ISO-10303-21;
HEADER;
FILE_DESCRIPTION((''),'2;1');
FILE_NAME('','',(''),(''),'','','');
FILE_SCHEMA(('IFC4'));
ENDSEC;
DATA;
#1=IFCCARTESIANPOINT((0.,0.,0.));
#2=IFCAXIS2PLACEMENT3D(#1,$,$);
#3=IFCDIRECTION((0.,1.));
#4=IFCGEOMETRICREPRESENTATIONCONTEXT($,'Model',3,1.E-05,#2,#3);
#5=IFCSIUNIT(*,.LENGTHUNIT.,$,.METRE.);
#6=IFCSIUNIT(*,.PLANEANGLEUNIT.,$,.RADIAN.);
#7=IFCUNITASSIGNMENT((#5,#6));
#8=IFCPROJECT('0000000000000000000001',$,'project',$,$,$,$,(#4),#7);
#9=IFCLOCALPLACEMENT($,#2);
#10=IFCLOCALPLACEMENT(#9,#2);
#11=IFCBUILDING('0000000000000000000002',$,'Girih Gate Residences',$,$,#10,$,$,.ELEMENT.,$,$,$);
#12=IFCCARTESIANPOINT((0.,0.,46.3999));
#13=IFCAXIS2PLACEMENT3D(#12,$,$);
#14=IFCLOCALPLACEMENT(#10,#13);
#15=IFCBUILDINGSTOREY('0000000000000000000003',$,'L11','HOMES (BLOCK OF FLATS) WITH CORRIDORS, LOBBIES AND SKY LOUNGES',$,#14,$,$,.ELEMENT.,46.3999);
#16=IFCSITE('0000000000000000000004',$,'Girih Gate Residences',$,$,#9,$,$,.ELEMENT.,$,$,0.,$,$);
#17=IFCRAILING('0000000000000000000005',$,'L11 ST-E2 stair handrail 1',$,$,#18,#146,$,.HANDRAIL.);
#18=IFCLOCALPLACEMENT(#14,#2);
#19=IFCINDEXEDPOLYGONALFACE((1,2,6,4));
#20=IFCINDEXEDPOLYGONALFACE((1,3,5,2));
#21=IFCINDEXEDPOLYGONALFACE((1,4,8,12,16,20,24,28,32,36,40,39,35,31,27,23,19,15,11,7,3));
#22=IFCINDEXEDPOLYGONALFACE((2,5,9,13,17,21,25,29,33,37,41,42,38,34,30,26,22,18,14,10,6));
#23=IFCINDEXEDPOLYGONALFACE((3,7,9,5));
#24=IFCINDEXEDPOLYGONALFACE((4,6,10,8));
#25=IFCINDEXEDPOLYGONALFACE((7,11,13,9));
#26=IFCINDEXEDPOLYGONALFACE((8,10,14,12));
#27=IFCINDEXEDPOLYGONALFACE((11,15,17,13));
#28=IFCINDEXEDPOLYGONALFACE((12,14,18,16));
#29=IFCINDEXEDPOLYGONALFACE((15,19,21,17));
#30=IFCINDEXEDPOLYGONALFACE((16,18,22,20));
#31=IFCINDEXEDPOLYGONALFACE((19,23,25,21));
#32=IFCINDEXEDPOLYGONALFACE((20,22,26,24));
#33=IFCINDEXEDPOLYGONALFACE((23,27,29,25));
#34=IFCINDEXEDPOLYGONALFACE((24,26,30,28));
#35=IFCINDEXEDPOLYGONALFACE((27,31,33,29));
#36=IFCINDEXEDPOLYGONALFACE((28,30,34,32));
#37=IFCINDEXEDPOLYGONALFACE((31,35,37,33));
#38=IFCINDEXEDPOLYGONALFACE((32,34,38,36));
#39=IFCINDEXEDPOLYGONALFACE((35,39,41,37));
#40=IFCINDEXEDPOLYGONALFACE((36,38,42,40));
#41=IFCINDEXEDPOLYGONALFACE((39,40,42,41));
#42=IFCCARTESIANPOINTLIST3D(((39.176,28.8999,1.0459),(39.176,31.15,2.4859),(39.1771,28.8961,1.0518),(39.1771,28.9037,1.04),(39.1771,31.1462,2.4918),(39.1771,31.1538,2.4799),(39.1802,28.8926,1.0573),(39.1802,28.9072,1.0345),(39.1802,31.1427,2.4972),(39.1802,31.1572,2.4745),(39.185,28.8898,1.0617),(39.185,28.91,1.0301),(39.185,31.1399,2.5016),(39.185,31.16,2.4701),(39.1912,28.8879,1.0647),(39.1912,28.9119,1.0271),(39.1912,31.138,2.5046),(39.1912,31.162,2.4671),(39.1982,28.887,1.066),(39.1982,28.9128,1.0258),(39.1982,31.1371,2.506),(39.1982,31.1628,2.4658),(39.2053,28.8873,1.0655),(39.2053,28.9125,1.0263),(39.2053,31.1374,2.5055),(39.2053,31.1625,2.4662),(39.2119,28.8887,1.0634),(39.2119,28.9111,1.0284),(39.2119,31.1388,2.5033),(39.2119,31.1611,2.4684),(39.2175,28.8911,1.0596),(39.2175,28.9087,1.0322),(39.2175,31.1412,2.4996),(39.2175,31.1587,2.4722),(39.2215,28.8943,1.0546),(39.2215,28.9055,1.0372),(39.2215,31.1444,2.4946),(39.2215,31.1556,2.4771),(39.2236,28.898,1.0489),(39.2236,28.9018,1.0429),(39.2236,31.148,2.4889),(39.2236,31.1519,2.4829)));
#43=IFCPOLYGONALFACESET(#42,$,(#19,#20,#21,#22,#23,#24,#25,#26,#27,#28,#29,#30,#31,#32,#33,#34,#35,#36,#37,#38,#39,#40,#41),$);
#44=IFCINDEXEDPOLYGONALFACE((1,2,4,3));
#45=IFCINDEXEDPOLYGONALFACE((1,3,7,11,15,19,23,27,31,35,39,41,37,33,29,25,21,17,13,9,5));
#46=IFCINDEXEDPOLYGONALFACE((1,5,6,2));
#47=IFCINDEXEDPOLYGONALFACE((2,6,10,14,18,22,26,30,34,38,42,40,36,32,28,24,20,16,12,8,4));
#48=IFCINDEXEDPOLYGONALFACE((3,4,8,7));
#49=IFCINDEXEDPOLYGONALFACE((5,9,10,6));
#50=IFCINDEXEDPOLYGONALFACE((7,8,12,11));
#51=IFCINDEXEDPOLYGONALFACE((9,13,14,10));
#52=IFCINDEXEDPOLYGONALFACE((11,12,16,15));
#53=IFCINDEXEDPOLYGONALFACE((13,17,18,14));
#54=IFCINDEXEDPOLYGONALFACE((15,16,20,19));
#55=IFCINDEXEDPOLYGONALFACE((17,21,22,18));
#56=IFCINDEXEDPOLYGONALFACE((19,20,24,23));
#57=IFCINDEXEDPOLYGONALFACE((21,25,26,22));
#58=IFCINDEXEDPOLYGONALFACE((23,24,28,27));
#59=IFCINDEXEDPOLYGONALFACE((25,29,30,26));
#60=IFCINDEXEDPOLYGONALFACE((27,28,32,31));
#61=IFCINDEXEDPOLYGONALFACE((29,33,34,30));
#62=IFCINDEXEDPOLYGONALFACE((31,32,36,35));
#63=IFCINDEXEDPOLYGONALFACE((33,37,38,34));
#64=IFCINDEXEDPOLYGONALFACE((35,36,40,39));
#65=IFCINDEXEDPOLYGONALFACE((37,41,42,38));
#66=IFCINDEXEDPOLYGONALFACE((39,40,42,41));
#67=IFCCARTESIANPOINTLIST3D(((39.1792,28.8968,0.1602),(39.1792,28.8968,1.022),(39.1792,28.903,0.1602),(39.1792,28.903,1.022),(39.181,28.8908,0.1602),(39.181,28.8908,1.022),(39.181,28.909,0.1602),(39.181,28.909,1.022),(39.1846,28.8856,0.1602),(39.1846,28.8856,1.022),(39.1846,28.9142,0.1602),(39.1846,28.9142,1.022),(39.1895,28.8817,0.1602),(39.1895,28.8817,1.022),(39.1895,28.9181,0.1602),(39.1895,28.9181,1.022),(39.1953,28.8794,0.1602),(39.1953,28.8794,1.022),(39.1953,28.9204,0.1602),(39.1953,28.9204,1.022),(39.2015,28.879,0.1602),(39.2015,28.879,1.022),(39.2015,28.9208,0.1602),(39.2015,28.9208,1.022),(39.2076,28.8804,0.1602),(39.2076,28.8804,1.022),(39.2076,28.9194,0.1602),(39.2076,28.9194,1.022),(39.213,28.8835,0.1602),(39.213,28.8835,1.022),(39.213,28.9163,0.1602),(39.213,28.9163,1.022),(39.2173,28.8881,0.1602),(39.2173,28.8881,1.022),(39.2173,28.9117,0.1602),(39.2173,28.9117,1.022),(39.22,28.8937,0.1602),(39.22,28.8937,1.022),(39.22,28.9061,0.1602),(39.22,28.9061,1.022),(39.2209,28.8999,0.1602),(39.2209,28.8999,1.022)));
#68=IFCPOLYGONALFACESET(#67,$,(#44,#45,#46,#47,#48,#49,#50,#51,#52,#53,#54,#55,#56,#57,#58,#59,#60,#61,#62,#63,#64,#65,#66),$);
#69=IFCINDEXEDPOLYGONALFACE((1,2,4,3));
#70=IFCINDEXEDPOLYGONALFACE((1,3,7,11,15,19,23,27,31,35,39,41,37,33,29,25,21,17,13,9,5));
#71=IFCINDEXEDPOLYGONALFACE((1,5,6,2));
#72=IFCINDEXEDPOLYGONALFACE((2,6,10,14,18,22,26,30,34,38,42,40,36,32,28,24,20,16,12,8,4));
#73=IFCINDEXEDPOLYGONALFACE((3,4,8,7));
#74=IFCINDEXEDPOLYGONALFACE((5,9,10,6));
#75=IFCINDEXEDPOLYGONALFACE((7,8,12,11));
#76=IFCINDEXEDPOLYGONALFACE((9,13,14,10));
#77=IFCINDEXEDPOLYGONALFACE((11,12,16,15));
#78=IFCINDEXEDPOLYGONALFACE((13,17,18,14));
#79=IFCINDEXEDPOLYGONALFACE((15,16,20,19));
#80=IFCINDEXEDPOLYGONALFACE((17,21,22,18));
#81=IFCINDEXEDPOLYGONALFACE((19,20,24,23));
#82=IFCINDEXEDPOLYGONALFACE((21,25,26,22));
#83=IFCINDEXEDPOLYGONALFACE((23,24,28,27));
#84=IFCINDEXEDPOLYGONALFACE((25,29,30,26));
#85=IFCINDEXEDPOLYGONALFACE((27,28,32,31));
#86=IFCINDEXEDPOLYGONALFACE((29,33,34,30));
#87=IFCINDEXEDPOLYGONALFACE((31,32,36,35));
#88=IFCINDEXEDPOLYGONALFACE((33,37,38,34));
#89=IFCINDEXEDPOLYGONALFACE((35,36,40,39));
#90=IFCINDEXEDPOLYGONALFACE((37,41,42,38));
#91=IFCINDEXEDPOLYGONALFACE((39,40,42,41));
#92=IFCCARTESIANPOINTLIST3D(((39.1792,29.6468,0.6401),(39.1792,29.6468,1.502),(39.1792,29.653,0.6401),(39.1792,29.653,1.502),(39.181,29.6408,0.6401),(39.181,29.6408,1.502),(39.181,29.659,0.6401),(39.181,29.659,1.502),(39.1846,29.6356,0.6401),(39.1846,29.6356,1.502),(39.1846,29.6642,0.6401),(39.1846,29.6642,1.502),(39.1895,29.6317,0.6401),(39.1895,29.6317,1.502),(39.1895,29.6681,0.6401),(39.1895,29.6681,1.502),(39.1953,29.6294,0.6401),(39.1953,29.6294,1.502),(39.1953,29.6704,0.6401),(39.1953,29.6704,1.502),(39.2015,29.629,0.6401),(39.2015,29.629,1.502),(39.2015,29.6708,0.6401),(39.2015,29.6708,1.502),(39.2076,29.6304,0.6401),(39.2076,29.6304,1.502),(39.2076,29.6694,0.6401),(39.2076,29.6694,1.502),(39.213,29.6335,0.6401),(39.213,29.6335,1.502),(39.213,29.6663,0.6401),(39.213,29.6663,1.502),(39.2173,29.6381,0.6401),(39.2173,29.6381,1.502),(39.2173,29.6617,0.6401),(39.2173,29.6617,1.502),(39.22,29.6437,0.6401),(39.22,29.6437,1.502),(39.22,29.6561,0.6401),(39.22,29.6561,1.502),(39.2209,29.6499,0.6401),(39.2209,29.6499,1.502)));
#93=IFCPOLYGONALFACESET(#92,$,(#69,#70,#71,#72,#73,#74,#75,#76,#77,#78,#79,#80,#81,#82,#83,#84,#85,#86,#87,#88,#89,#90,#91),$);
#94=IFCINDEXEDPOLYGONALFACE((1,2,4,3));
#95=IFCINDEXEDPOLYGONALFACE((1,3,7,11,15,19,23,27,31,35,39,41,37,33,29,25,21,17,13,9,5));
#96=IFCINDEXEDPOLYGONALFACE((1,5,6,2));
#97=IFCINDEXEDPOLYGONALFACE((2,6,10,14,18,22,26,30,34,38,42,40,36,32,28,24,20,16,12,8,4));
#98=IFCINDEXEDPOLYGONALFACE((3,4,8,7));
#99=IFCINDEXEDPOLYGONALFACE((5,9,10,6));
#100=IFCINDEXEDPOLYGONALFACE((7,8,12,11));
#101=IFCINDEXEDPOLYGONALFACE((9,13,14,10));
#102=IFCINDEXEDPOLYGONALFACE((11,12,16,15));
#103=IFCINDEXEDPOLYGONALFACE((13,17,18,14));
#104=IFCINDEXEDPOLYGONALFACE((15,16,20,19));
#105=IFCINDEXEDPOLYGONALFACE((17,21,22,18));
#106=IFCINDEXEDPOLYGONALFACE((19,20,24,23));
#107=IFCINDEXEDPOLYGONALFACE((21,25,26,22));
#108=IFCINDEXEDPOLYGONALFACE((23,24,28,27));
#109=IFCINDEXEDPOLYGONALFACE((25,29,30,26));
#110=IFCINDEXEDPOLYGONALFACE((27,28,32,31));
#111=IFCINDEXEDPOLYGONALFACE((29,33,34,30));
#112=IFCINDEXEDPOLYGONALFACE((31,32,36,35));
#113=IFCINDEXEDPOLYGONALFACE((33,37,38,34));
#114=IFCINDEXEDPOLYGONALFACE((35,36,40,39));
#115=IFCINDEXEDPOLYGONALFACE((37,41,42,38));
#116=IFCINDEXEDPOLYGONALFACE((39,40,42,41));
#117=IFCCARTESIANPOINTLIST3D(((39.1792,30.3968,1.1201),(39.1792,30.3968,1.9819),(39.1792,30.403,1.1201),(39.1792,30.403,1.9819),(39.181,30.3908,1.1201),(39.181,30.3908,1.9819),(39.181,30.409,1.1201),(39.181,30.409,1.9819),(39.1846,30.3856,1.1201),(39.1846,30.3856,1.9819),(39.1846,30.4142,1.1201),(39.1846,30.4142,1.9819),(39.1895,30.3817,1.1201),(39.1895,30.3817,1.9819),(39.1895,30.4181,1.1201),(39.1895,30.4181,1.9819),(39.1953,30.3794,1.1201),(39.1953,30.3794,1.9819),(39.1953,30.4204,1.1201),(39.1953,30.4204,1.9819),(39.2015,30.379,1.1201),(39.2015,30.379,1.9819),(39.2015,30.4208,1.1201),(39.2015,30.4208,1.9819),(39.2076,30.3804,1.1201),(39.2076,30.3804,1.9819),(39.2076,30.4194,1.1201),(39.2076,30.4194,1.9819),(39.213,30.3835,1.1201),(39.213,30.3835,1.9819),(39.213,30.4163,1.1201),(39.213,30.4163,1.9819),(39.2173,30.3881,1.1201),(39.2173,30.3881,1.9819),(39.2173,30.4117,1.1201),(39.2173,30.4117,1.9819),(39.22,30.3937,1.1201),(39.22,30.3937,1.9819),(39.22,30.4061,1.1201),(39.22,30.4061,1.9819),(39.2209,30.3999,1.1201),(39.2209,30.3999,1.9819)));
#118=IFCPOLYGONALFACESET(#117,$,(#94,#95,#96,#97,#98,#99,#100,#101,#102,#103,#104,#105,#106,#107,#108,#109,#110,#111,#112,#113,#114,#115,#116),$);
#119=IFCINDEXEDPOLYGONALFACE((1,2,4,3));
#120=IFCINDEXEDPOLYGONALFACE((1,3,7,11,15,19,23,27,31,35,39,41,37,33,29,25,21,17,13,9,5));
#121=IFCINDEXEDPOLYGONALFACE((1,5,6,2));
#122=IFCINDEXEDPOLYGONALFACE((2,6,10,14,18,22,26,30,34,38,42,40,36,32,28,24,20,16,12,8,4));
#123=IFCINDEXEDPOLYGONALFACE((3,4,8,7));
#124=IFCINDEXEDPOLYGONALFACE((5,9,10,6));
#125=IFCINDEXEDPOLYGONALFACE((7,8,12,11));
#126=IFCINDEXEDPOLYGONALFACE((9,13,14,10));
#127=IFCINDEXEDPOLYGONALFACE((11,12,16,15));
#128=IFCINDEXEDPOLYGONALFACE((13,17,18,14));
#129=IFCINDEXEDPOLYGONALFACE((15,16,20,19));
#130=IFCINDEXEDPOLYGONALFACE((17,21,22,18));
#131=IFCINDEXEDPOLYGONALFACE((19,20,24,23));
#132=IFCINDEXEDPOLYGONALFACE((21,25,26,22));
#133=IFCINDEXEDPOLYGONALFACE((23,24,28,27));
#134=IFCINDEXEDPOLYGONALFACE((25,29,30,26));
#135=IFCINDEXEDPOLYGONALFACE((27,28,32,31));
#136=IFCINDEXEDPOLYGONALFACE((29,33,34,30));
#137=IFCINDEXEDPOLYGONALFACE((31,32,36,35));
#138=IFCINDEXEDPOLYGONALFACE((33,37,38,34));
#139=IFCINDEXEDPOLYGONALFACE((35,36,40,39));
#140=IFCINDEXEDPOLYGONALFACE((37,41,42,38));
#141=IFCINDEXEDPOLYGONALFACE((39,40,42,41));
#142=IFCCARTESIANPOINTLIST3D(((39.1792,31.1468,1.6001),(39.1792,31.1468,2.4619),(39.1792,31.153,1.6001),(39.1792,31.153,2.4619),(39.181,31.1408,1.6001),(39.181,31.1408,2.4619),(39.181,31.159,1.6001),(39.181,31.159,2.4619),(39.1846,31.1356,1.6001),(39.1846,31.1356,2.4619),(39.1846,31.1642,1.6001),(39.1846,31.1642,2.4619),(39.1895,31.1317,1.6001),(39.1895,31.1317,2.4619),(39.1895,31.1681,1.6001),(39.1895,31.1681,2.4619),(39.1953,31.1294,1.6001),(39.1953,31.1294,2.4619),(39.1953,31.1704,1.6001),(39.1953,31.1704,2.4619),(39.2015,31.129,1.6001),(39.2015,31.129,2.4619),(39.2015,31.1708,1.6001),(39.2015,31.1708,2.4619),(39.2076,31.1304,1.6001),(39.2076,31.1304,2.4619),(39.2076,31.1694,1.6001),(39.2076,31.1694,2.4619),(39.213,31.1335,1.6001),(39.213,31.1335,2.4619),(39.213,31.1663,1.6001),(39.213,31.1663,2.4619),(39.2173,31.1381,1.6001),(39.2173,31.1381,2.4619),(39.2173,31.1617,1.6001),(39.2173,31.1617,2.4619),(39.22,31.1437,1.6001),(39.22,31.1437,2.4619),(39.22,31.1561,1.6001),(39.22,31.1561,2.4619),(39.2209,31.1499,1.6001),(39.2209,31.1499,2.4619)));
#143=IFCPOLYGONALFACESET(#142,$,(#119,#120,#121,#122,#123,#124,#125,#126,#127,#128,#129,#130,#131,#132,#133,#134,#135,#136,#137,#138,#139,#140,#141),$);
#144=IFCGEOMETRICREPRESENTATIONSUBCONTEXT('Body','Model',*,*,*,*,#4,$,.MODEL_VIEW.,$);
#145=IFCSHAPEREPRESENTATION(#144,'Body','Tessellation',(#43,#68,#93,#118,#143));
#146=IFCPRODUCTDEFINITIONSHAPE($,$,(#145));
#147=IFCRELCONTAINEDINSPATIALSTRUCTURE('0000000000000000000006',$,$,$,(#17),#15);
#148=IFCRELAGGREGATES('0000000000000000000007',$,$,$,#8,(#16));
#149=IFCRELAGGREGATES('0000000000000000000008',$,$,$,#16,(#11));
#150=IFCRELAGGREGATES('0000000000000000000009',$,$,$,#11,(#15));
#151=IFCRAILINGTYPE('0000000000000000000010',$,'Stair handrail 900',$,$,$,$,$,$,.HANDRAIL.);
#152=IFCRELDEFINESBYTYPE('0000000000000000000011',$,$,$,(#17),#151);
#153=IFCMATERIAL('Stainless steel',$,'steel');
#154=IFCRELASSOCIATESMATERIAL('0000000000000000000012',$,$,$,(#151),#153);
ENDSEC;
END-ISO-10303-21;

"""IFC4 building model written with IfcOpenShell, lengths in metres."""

from ifc_helpers import new_model, si_unit, direction, frame, origin, origin_2d, place, context, subcontext, project, spatial, circle, extrude, material, type_object, element, save


model = new_model("IFC4")

# Units and contexts
model_context = context("Model", 3, precision=1e-05, world=origin(), true_north=direction((0.0, 1.0)))
body_context = subcontext(model_context, "Body", "Model", "MODEL_VIEW")
ifc_project = project(units=[si_unit("LENGTHUNIT", "METRE"), si_unit("PLANEANGLEUNIT", "RADIAN")], contexts=[model_context])

# Site, building, storey
site_placement = place(None, origin())
site = spatial("IfcSite", under=ifc_project, at=site_placement, Name="Girih Gate Residences", CompositionType="ELEMENT", RefElevation=0.0)
building_placement = place(site_placement, origin())
building = spatial("IfcBuilding", under=site, at=building_placement, Name="Girih Gate Residences", CompositionType="ELEMENT")
storey_placement = place(building_placement, frame((0.0, 0.0, 46.3999)))
storey = spatial("IfcBuildingStorey", under=building, at=storey_placement, Name="L11", Description="HOMES (BLOCK OF FLATS) WITH CORRIDORS, LOBBIES AND SKY LOUNGES", CompositionType="ELEMENT", Elevation=46.3999)

# Railing
ifc_material_1 = material(Name="Stainless steel", Category="steel")
railing_type_1 = type_object("IfcRailingType", Name="Stair handrail 900", PredefinedType="HANDRAIL", material=ifc_material_1)
railing_1_placement = place(storey_placement, frame((39.2, 28.8999, 0.1602)))
element("IfcRailing", 1, at=railing_1_placement, inside=storey, type_object=railing_type_1, Name="L11 ST-E2 stair handrail 1", PredefinedType="HANDRAIL", context=body_context, shape_type="SweptSolid", body=[
    extrude(circle(Radius=0.0239, at=origin_2d()), frame((0.0, 0.0, 0.8857), z_axis=(0.0, 0.842281, 0.539038), x_axis=(-1.0, 0.0, 0.0)), (0.0, 0.0, 1.0), 2.6714),
    extrude(circle(Radius=0.021, at=origin_2d()), origin(), (0.0, 0.0, 1.0), 0.8618),
    extrude(circle(Radius=0.021, at=origin_2d()), frame((0.0, 0.75, 0.48)), (0.0, 0.0, 1.0), 0.8618),
    extrude(circle(Radius=0.021, at=origin_2d()), frame((0.0, 1.5, 0.96)), (0.0, 0.0, 1.0), 0.8618),
    extrude(circle(Radius=0.021, at=origin_2d()), frame((0.0, 2.25, 1.4399)), (0.0, 0.0, 1.0), 0.8618),
])

save(model, "model.ifc")
